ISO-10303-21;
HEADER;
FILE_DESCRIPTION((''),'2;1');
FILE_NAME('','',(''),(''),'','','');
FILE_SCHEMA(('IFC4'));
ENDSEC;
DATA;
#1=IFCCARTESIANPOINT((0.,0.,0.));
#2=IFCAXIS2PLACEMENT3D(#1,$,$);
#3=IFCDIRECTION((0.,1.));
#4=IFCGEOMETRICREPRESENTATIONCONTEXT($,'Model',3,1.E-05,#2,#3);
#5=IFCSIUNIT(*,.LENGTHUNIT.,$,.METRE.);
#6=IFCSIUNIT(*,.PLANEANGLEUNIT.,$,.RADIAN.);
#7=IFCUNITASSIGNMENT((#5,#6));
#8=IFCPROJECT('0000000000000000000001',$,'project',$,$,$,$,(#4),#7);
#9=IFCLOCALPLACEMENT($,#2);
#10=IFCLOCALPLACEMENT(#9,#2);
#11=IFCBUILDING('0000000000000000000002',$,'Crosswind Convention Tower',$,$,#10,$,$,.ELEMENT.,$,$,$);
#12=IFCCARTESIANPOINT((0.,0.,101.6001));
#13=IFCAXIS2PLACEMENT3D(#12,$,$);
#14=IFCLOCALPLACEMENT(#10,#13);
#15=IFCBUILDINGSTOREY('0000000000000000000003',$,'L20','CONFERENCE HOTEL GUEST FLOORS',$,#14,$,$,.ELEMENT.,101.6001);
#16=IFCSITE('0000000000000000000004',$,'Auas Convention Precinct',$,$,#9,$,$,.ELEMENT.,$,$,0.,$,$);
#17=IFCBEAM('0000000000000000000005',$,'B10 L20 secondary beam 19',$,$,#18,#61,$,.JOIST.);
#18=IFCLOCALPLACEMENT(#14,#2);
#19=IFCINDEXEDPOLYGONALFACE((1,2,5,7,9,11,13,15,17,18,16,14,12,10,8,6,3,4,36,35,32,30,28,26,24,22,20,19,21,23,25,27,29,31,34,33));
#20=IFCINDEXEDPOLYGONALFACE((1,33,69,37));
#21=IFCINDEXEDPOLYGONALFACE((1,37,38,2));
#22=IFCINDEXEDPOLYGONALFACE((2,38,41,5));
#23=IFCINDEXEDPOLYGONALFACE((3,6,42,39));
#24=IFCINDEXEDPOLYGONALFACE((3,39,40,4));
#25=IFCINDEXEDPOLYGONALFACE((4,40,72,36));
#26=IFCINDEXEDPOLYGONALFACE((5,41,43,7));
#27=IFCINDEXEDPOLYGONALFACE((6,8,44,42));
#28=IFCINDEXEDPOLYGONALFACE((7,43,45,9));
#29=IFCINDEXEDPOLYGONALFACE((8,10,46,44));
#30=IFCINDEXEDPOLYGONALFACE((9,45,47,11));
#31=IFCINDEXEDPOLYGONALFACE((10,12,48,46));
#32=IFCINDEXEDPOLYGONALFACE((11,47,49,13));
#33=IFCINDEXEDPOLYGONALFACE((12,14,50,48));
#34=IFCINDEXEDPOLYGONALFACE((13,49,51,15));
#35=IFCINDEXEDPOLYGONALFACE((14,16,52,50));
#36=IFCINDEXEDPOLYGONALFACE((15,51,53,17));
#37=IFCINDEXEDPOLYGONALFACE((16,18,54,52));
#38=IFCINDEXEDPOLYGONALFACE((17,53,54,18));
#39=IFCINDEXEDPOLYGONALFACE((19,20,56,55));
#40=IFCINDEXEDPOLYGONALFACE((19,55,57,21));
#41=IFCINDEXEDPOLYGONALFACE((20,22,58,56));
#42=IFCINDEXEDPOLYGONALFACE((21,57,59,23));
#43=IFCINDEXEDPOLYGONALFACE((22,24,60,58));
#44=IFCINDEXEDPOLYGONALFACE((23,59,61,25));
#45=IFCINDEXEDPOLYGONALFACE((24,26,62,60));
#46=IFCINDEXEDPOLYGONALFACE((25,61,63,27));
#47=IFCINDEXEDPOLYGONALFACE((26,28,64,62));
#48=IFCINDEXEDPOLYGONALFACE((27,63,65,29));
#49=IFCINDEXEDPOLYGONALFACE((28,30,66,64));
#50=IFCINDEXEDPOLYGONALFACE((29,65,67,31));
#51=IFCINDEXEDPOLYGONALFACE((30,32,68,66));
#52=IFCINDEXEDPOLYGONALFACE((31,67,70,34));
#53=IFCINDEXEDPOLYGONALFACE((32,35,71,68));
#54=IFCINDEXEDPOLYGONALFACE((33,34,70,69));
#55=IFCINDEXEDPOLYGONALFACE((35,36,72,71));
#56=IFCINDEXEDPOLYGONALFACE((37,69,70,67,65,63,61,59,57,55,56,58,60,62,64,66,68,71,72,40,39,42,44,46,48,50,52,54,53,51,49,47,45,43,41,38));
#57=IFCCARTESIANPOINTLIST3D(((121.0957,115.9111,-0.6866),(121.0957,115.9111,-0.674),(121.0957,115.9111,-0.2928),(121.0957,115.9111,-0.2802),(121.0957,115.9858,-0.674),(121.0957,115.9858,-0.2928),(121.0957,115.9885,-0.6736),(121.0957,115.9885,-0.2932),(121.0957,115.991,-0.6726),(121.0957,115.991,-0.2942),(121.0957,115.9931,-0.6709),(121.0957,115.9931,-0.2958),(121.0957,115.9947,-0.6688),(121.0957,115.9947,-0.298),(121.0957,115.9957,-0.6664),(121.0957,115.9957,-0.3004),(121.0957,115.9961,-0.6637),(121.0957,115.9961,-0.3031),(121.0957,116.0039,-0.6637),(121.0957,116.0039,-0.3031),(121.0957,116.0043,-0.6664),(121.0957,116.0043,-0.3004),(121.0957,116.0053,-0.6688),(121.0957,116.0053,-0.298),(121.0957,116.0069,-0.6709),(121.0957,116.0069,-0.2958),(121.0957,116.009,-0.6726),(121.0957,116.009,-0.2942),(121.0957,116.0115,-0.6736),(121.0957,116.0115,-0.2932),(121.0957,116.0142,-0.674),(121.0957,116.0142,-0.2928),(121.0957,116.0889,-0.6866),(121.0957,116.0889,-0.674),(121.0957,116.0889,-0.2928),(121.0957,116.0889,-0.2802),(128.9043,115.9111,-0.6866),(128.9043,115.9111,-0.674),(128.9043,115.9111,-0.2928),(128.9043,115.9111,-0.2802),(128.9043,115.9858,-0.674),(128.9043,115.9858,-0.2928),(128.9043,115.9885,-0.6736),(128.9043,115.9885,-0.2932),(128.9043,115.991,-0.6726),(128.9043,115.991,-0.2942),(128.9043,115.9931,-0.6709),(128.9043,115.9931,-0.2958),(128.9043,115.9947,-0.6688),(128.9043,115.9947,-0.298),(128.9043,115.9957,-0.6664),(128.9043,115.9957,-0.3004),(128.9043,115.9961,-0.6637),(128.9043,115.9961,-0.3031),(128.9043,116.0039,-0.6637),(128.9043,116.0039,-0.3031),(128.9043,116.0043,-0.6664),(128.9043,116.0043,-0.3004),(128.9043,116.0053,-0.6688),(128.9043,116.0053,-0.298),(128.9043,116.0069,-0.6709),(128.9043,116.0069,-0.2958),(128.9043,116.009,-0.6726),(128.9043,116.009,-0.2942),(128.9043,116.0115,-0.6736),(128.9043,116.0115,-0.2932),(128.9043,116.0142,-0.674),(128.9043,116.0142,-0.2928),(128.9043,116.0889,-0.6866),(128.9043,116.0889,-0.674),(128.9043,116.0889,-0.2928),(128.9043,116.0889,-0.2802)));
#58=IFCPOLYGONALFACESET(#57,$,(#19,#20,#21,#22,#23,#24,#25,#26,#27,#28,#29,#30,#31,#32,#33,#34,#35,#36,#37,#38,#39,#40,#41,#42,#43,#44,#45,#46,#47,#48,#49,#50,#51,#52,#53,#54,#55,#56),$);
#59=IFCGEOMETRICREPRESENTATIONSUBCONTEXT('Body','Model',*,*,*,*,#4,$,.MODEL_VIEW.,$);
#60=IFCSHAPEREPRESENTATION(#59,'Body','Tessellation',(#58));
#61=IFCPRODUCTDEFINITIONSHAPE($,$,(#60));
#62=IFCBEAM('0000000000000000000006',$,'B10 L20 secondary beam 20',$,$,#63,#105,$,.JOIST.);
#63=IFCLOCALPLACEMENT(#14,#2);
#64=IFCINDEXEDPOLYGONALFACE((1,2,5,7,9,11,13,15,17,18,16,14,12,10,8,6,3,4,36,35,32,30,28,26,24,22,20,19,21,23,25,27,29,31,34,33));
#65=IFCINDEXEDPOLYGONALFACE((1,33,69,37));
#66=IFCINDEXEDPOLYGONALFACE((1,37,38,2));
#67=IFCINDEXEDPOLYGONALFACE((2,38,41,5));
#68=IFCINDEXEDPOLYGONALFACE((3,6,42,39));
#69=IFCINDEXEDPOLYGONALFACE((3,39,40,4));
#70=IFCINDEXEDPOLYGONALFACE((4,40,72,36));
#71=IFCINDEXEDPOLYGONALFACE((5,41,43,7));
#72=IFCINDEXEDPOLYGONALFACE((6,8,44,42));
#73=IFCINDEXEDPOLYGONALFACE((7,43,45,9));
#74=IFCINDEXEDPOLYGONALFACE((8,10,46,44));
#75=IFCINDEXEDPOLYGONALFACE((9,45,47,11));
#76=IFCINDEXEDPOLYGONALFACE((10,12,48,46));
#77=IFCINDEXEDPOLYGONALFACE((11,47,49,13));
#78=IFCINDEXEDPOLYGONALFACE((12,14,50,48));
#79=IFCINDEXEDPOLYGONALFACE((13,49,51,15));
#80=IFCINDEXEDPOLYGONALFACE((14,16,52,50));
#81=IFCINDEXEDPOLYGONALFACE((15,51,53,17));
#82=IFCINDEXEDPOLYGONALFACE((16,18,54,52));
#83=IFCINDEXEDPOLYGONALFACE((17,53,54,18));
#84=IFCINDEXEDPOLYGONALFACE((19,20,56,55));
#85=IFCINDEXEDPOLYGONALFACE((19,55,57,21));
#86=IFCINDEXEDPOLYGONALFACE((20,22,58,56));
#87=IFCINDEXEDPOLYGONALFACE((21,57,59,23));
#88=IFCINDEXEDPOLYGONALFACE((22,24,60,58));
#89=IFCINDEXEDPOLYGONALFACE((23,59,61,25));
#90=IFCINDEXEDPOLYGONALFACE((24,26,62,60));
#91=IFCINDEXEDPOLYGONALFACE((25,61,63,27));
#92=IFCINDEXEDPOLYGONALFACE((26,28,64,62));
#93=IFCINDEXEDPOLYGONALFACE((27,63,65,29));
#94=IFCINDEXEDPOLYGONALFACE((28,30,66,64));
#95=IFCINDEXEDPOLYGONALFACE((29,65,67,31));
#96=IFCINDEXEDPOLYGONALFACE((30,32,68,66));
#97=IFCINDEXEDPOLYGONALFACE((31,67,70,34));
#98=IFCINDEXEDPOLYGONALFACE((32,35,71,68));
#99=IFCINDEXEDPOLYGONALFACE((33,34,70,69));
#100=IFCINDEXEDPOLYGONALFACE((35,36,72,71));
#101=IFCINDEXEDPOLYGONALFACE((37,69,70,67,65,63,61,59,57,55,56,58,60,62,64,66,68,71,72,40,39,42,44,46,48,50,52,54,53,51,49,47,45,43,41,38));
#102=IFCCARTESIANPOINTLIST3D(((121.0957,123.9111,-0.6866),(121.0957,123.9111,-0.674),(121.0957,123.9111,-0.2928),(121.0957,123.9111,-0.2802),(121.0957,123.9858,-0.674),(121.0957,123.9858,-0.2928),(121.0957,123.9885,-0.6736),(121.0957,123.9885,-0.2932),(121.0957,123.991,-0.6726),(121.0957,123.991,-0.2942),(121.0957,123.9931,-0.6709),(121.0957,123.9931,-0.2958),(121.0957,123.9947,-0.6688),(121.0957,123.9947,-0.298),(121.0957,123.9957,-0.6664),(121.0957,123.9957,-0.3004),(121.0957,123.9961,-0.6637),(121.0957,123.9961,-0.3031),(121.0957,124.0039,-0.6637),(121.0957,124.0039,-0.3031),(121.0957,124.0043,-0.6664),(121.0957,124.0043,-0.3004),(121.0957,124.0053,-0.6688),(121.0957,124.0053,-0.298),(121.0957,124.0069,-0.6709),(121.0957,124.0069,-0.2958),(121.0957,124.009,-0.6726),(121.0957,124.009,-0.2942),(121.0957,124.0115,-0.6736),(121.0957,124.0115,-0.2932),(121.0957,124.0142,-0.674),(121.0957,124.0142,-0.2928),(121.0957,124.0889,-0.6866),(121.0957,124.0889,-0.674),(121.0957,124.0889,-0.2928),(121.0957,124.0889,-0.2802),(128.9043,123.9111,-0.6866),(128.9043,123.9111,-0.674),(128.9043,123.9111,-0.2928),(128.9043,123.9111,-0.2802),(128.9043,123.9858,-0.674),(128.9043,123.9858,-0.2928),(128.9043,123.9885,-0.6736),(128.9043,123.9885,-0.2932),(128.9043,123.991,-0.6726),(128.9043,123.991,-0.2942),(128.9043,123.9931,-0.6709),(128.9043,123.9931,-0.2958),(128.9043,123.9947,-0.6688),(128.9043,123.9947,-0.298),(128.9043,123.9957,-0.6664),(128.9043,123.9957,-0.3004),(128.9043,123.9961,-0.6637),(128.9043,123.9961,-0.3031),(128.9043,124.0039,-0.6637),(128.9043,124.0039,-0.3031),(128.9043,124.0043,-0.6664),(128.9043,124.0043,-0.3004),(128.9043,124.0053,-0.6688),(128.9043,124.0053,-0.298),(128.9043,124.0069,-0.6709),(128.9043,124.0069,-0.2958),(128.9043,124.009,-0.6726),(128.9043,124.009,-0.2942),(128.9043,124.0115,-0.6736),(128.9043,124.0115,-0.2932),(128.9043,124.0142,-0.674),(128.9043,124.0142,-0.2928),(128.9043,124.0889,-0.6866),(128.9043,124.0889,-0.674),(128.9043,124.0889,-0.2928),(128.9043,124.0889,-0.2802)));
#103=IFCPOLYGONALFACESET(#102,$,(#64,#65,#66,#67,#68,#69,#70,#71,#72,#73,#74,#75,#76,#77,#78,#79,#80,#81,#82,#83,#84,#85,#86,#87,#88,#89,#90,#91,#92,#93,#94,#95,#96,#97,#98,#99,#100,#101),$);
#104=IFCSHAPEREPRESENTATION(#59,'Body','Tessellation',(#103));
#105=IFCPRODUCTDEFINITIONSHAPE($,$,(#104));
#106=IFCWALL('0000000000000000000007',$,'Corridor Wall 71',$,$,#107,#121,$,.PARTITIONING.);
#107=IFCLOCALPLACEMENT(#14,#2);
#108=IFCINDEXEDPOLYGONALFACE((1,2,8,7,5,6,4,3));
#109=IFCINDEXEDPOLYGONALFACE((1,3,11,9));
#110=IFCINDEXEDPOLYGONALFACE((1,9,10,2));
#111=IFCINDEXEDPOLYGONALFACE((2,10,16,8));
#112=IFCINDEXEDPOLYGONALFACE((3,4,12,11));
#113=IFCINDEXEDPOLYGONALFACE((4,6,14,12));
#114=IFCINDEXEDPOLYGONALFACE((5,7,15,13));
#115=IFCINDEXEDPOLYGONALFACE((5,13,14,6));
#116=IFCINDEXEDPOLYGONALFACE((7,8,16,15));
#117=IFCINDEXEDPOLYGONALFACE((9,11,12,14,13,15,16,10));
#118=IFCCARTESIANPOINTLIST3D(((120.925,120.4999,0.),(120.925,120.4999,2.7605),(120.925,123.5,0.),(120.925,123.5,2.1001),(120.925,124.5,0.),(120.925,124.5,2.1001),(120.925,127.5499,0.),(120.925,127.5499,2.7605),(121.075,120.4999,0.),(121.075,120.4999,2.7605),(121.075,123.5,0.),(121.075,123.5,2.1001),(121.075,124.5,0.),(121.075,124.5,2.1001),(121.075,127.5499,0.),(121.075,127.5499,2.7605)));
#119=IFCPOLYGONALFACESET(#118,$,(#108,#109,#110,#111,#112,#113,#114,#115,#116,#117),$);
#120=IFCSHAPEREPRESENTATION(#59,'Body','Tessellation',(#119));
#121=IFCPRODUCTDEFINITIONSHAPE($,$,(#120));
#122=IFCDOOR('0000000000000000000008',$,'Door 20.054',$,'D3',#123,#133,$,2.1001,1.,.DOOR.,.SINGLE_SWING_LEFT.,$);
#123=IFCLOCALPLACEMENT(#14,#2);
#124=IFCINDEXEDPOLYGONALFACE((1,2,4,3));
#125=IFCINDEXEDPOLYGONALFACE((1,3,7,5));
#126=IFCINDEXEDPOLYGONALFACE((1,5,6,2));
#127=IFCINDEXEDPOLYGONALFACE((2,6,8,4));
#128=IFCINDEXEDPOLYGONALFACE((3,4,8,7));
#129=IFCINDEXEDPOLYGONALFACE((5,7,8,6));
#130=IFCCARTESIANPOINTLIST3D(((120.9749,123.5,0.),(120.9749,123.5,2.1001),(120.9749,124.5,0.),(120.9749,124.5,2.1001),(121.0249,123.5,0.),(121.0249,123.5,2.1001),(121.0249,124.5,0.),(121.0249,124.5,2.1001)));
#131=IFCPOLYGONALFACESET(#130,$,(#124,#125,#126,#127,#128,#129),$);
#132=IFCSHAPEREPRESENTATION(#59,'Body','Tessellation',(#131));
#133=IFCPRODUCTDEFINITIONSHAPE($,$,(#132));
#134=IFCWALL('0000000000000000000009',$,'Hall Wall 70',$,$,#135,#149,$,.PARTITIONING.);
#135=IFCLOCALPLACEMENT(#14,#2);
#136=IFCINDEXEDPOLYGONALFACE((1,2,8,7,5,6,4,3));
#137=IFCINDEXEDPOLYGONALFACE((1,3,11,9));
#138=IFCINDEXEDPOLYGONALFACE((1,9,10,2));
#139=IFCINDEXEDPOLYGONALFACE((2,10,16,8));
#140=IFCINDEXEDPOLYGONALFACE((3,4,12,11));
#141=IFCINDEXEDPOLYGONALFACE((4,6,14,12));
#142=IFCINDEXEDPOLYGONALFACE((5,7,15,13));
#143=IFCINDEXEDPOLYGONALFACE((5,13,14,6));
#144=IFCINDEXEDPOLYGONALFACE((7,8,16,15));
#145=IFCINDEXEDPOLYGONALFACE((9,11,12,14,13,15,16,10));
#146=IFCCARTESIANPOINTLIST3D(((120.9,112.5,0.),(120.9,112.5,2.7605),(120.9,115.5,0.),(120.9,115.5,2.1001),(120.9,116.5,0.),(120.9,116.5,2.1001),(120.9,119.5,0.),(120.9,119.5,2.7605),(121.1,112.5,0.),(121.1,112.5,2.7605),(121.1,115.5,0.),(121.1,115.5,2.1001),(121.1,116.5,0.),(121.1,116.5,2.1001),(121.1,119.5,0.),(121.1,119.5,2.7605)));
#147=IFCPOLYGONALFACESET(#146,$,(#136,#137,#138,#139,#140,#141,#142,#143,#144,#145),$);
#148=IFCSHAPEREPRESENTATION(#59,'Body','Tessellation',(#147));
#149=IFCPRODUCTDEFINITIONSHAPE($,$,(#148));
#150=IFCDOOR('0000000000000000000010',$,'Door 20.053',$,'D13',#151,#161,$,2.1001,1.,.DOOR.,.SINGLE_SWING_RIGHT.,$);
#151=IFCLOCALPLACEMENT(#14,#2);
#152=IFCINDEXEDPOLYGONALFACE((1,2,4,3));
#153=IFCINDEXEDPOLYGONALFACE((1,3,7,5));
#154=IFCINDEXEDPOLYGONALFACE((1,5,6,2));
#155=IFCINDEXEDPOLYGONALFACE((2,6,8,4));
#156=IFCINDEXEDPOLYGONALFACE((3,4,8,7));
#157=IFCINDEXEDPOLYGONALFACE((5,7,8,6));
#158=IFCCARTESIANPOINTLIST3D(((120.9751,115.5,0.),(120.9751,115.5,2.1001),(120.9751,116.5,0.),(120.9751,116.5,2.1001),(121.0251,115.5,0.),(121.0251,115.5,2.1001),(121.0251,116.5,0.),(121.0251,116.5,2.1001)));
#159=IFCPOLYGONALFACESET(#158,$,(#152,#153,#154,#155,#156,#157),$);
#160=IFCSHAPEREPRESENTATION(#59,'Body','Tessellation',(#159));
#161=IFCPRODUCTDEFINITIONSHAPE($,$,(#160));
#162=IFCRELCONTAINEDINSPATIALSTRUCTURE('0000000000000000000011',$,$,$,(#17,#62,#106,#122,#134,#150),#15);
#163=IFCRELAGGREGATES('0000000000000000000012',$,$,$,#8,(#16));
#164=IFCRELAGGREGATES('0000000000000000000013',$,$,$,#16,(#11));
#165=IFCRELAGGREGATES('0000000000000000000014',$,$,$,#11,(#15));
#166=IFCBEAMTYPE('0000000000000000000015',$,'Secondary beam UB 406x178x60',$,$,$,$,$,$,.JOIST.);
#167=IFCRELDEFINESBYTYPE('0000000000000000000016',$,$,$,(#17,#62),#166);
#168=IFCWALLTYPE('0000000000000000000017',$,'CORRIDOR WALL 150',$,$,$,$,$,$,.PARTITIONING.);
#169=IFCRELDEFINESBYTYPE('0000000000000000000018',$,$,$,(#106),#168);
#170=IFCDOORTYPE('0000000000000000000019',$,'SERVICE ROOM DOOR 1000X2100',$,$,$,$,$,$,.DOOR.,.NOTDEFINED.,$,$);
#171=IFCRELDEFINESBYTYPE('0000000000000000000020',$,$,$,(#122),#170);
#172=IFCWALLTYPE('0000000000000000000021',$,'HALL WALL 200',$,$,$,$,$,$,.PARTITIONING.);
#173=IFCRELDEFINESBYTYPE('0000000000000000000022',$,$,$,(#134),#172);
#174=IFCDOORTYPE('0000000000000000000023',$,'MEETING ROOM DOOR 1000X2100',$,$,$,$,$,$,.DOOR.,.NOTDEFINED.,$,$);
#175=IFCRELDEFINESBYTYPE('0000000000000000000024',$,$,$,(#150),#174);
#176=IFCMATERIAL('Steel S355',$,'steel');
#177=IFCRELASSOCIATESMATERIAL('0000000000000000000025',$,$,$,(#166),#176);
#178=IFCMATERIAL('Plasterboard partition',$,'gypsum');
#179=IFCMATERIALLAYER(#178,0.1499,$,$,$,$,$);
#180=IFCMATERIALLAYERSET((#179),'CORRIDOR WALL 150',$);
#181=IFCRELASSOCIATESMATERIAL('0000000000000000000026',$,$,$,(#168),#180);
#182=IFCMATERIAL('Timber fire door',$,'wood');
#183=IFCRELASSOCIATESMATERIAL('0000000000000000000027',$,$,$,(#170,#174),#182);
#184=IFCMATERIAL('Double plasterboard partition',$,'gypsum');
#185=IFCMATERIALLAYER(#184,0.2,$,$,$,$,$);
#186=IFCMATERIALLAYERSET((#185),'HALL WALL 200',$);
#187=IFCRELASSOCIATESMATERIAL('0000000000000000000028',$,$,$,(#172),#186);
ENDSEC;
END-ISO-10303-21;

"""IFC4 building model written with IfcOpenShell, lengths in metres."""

from ifc_helpers import new_model, si_unit, direction, frame, frame_2d, origin, origin_2d, place, context, subcontext, project, spatial, rectangle, i_section, extrude, material, layer, layer_set, material_profile, profile_set, type_object, element, fill, save


model = new_model("IFC4")

# Units and contexts
model_context = context("Model", 3, precision=1e-05, world=origin(), true_north=direction((0.0, 1.0)))
body_context = subcontext(model_context, "Body", "Model", "MODEL_VIEW")
ifc_project = project(units=[si_unit("LENGTHUNIT", "METRE"), si_unit("PLANEANGLEUNIT", "RADIAN")], contexts=[model_context])

# Site, building, storey
site_placement = place(None, origin())
site = spatial("IfcSite", under=ifc_project, at=site_placement, Name="Auas Convention Precinct", CompositionType="ELEMENT", RefElevation=0.0)
building_placement = place(site_placement, origin())
building = spatial("IfcBuilding", under=site, at=building_placement, Name="Crosswind Convention Tower", CompositionType="ELEMENT")
storey_placement = place(building_placement, frame((0.0, 0.0, 101.6001)))
storey = spatial("IfcBuildingStorey", under=building, at=storey_placement, Name="L20", Description="CONFERENCE HOTEL GUEST FLOORS", CompositionType="ELEMENT", Elevation=101.6001)

# Beams
ifc_material_1 = material(Name="Steel S355", Category="steel")
ifc_material_profile_1 = material_profile(ifc_material_1, i_section(OverallWidth=0.1777, OverallDepth=0.4065, WebThickness=0.0078, FlangeThickness=0.0127, FilletRadius=0.0103, at=origin_2d()), Name="UB 406x178x60")
ifc_profile_set_1 = profile_set([ifc_material_profile_1], Name="Steel S355")
beam_type_1 = type_object("IfcBeamType", Name="Secondary beam UB 406x178x60", PredefinedType="JOIST", material=ifc_profile_set_1)
for number, where, z_axis, x_axis, name in (
    (1, (121.0957, 116.0, -0.4834), (1.0, 0.0, 0.0), (0.0, 1.0, 0.0), "B10 L20 secondary beam 19"),
    (2, (121.0957, 124.0, -0.4834), (1.0, 0.0, 0.0), (0.0, 1.0, 0.0), "B10 L20 secondary beam 20"),
):
    element("IfcBeam", number, at=place(storey_placement, frame(where, z_axis=z_axis, x_axis=x_axis)), inside=storey, type_object=beam_type_1, Name=name, PredefinedType="JOIST", context=body_context, shape_type="SweptSolid", body=[
        extrude(i_section(OverallWidth=0.1777, OverallDepth=0.4065, WebThickness=0.0078, FlangeThickness=0.0127, FilletRadius=0.0103, at=origin_2d()), origin(), (0.0, 0.0, 1.0), 7.8086),
    ])

# Walls, openings, doors
ifc_material_2 = material(Name="Plasterboard partition", Category="gypsum")
ifc_layer_1 = layer(ifc_material_2, 0.1499)
ifc_layer_set_1 = layer_set([ifc_layer_1], Name="CORRIDOR WALL 150")
wall_type_1 = type_object("IfcWallType", Name="CORRIDOR WALL 150", PredefinedType="PARTITIONING", material=ifc_layer_set_1)
wall_1_placement = place(storey_placement, frame((121.0, 120.5, 0.0), z_axis=(0.0, 0.0, 1.0), x_axis=(0.0, 1.0, 0.0)))
wall_1 = element("IfcWall", 3, at=wall_1_placement, inside=storey, type_object=wall_type_1, Name="Corridor Wall 71", PredefinedType="PARTITIONING", context=body_context, shape_type="SweptSolid", body=[
    extrude(rectangle(XDim=7.05, YDim=0.1499, at=frame_2d((3.5249, 0.0))), origin(), (0.0, 0.0, 1.0), 2.7605),
])
opening_1_placement = place(wall_1_placement, frame((3.0, 0.0, 0.0)))
opening_1 = element("IfcOpeningElement", 4, at=opening_1_placement, cuts=wall_1, PredefinedType="OPENING", context=body_context, shape_type="SweptSolid", body=[
    extrude(rectangle(XDim=1.0, YDim=2.1001, at=frame_2d((0.5, 1.05))), frame((0.0, 0.085, 0.0), z_axis=(0.0, -1.0, 0.0), x_axis=(1.0, 0.0, 0.0)), (0.0, 0.0, 1.0), 0.1699),
])
ifc_material_3 = material(Name="Timber fire door", Category="wood")
door_type_1 = type_object("IfcDoorType", Name="SERVICE ROOM DOOR 1000X2100", OperationType="NOTDEFINED", PredefinedType="DOOR", material=ifc_material_3)
door_1_placement = place(opening_1_placement, frame((1.0, 0.0, 0.0), z_axis=(0.0, 0.0, 1.0), x_axis=(-1.0, 0.0, 0.0)))
door_1 = element("IfcDoor", 5, at=door_1_placement, inside=storey, type_object=door_type_1, Name="Door 20.054", ObjectType="D3", OperationType="SINGLE_SWING_LEFT", OverallHeight=2.1001, OverallWidth=1.0, PredefinedType="DOOR", context=body_context, shape_type="SweptSolid", body=[
    extrude(rectangle(XDim=1.0, YDim=2.1001, at=frame_2d((0.5, 1.05))), frame((0.0, 0.0249, 0.0), z_axis=(0.0, -1.0, 0.0), x_axis=(1.0, 0.0, 0.0)), (0.0, 0.0, 1.0), 0.05),
])
fill(opening_1, door_1)
ifc_material_4 = material(Name="Double plasterboard partition", Category="gypsum")
ifc_layer_2 = layer(ifc_material_4, 0.2)
ifc_layer_set_2 = layer_set([ifc_layer_2], Name="HALL WALL 200")
wall_type_2 = type_object("IfcWallType", Name="HALL WALL 200", PredefinedType="PARTITIONING", material=ifc_layer_set_2)
wall_2_placement = place(storey_placement, frame((121.0, 112.5, 0.0), z_axis=(0.0, 0.0, 1.0), x_axis=(0.0, 1.0, 0.0)))
wall_2 = element("IfcWall", 6, at=wall_2_placement, inside=storey, type_object=wall_type_2, Name="Hall Wall 70", PredefinedType="PARTITIONING", context=body_context, shape_type="SweptSolid", body=[
    extrude(rectangle(XDim=7.0, YDim=0.2, at=frame_2d((3.5, 0.0))), origin(), (0.0, 0.0, 1.0), 2.7605),
])
opening_2_placement = place(wall_2_placement, frame((3.0, 0.0, 0.0)))
opening_2 = element("IfcOpeningElement", 7, at=opening_2_placement, cuts=wall_2, PredefinedType="OPENING", context=body_context, shape_type="SweptSolid", body=[
    extrude(rectangle(XDim=1.0, YDim=2.1001, at=frame_2d((0.5, 1.05))), frame((0.0, 0.1099, 0.0), z_axis=(0.0, -1.0, 0.0), x_axis=(1.0, 0.0, 0.0)), (0.0, 0.0, 1.0), 0.22),
])
door_type_2 = type_object("IfcDoorType", Name="MEETING ROOM DOOR 1000X2100", OperationType="NOTDEFINED", PredefinedType="DOOR", material=ifc_material_3)
door_2_placement = place(opening_2_placement, origin())
door_2 = element("IfcDoor", 8, at=door_2_placement, inside=storey, type_object=door_type_2, Name="Door 20.053", ObjectType="D13", OperationType="SINGLE_SWING_RIGHT", OverallHeight=2.1001, OverallWidth=1.0, PredefinedType="DOOR", context=body_context, shape_type="SweptSolid", body=[
    extrude(rectangle(XDim=1.0, YDim=2.1001, at=frame_2d((0.5, 1.05))), frame((0.0, 0.0249, 0.0), z_axis=(0.0, -1.0, 0.0), x_axis=(1.0, 0.0, 0.0)), (0.0, 0.0, 1.0), 0.05),
])
fill(opening_2, door_2)

save(model, "model.ifc")
